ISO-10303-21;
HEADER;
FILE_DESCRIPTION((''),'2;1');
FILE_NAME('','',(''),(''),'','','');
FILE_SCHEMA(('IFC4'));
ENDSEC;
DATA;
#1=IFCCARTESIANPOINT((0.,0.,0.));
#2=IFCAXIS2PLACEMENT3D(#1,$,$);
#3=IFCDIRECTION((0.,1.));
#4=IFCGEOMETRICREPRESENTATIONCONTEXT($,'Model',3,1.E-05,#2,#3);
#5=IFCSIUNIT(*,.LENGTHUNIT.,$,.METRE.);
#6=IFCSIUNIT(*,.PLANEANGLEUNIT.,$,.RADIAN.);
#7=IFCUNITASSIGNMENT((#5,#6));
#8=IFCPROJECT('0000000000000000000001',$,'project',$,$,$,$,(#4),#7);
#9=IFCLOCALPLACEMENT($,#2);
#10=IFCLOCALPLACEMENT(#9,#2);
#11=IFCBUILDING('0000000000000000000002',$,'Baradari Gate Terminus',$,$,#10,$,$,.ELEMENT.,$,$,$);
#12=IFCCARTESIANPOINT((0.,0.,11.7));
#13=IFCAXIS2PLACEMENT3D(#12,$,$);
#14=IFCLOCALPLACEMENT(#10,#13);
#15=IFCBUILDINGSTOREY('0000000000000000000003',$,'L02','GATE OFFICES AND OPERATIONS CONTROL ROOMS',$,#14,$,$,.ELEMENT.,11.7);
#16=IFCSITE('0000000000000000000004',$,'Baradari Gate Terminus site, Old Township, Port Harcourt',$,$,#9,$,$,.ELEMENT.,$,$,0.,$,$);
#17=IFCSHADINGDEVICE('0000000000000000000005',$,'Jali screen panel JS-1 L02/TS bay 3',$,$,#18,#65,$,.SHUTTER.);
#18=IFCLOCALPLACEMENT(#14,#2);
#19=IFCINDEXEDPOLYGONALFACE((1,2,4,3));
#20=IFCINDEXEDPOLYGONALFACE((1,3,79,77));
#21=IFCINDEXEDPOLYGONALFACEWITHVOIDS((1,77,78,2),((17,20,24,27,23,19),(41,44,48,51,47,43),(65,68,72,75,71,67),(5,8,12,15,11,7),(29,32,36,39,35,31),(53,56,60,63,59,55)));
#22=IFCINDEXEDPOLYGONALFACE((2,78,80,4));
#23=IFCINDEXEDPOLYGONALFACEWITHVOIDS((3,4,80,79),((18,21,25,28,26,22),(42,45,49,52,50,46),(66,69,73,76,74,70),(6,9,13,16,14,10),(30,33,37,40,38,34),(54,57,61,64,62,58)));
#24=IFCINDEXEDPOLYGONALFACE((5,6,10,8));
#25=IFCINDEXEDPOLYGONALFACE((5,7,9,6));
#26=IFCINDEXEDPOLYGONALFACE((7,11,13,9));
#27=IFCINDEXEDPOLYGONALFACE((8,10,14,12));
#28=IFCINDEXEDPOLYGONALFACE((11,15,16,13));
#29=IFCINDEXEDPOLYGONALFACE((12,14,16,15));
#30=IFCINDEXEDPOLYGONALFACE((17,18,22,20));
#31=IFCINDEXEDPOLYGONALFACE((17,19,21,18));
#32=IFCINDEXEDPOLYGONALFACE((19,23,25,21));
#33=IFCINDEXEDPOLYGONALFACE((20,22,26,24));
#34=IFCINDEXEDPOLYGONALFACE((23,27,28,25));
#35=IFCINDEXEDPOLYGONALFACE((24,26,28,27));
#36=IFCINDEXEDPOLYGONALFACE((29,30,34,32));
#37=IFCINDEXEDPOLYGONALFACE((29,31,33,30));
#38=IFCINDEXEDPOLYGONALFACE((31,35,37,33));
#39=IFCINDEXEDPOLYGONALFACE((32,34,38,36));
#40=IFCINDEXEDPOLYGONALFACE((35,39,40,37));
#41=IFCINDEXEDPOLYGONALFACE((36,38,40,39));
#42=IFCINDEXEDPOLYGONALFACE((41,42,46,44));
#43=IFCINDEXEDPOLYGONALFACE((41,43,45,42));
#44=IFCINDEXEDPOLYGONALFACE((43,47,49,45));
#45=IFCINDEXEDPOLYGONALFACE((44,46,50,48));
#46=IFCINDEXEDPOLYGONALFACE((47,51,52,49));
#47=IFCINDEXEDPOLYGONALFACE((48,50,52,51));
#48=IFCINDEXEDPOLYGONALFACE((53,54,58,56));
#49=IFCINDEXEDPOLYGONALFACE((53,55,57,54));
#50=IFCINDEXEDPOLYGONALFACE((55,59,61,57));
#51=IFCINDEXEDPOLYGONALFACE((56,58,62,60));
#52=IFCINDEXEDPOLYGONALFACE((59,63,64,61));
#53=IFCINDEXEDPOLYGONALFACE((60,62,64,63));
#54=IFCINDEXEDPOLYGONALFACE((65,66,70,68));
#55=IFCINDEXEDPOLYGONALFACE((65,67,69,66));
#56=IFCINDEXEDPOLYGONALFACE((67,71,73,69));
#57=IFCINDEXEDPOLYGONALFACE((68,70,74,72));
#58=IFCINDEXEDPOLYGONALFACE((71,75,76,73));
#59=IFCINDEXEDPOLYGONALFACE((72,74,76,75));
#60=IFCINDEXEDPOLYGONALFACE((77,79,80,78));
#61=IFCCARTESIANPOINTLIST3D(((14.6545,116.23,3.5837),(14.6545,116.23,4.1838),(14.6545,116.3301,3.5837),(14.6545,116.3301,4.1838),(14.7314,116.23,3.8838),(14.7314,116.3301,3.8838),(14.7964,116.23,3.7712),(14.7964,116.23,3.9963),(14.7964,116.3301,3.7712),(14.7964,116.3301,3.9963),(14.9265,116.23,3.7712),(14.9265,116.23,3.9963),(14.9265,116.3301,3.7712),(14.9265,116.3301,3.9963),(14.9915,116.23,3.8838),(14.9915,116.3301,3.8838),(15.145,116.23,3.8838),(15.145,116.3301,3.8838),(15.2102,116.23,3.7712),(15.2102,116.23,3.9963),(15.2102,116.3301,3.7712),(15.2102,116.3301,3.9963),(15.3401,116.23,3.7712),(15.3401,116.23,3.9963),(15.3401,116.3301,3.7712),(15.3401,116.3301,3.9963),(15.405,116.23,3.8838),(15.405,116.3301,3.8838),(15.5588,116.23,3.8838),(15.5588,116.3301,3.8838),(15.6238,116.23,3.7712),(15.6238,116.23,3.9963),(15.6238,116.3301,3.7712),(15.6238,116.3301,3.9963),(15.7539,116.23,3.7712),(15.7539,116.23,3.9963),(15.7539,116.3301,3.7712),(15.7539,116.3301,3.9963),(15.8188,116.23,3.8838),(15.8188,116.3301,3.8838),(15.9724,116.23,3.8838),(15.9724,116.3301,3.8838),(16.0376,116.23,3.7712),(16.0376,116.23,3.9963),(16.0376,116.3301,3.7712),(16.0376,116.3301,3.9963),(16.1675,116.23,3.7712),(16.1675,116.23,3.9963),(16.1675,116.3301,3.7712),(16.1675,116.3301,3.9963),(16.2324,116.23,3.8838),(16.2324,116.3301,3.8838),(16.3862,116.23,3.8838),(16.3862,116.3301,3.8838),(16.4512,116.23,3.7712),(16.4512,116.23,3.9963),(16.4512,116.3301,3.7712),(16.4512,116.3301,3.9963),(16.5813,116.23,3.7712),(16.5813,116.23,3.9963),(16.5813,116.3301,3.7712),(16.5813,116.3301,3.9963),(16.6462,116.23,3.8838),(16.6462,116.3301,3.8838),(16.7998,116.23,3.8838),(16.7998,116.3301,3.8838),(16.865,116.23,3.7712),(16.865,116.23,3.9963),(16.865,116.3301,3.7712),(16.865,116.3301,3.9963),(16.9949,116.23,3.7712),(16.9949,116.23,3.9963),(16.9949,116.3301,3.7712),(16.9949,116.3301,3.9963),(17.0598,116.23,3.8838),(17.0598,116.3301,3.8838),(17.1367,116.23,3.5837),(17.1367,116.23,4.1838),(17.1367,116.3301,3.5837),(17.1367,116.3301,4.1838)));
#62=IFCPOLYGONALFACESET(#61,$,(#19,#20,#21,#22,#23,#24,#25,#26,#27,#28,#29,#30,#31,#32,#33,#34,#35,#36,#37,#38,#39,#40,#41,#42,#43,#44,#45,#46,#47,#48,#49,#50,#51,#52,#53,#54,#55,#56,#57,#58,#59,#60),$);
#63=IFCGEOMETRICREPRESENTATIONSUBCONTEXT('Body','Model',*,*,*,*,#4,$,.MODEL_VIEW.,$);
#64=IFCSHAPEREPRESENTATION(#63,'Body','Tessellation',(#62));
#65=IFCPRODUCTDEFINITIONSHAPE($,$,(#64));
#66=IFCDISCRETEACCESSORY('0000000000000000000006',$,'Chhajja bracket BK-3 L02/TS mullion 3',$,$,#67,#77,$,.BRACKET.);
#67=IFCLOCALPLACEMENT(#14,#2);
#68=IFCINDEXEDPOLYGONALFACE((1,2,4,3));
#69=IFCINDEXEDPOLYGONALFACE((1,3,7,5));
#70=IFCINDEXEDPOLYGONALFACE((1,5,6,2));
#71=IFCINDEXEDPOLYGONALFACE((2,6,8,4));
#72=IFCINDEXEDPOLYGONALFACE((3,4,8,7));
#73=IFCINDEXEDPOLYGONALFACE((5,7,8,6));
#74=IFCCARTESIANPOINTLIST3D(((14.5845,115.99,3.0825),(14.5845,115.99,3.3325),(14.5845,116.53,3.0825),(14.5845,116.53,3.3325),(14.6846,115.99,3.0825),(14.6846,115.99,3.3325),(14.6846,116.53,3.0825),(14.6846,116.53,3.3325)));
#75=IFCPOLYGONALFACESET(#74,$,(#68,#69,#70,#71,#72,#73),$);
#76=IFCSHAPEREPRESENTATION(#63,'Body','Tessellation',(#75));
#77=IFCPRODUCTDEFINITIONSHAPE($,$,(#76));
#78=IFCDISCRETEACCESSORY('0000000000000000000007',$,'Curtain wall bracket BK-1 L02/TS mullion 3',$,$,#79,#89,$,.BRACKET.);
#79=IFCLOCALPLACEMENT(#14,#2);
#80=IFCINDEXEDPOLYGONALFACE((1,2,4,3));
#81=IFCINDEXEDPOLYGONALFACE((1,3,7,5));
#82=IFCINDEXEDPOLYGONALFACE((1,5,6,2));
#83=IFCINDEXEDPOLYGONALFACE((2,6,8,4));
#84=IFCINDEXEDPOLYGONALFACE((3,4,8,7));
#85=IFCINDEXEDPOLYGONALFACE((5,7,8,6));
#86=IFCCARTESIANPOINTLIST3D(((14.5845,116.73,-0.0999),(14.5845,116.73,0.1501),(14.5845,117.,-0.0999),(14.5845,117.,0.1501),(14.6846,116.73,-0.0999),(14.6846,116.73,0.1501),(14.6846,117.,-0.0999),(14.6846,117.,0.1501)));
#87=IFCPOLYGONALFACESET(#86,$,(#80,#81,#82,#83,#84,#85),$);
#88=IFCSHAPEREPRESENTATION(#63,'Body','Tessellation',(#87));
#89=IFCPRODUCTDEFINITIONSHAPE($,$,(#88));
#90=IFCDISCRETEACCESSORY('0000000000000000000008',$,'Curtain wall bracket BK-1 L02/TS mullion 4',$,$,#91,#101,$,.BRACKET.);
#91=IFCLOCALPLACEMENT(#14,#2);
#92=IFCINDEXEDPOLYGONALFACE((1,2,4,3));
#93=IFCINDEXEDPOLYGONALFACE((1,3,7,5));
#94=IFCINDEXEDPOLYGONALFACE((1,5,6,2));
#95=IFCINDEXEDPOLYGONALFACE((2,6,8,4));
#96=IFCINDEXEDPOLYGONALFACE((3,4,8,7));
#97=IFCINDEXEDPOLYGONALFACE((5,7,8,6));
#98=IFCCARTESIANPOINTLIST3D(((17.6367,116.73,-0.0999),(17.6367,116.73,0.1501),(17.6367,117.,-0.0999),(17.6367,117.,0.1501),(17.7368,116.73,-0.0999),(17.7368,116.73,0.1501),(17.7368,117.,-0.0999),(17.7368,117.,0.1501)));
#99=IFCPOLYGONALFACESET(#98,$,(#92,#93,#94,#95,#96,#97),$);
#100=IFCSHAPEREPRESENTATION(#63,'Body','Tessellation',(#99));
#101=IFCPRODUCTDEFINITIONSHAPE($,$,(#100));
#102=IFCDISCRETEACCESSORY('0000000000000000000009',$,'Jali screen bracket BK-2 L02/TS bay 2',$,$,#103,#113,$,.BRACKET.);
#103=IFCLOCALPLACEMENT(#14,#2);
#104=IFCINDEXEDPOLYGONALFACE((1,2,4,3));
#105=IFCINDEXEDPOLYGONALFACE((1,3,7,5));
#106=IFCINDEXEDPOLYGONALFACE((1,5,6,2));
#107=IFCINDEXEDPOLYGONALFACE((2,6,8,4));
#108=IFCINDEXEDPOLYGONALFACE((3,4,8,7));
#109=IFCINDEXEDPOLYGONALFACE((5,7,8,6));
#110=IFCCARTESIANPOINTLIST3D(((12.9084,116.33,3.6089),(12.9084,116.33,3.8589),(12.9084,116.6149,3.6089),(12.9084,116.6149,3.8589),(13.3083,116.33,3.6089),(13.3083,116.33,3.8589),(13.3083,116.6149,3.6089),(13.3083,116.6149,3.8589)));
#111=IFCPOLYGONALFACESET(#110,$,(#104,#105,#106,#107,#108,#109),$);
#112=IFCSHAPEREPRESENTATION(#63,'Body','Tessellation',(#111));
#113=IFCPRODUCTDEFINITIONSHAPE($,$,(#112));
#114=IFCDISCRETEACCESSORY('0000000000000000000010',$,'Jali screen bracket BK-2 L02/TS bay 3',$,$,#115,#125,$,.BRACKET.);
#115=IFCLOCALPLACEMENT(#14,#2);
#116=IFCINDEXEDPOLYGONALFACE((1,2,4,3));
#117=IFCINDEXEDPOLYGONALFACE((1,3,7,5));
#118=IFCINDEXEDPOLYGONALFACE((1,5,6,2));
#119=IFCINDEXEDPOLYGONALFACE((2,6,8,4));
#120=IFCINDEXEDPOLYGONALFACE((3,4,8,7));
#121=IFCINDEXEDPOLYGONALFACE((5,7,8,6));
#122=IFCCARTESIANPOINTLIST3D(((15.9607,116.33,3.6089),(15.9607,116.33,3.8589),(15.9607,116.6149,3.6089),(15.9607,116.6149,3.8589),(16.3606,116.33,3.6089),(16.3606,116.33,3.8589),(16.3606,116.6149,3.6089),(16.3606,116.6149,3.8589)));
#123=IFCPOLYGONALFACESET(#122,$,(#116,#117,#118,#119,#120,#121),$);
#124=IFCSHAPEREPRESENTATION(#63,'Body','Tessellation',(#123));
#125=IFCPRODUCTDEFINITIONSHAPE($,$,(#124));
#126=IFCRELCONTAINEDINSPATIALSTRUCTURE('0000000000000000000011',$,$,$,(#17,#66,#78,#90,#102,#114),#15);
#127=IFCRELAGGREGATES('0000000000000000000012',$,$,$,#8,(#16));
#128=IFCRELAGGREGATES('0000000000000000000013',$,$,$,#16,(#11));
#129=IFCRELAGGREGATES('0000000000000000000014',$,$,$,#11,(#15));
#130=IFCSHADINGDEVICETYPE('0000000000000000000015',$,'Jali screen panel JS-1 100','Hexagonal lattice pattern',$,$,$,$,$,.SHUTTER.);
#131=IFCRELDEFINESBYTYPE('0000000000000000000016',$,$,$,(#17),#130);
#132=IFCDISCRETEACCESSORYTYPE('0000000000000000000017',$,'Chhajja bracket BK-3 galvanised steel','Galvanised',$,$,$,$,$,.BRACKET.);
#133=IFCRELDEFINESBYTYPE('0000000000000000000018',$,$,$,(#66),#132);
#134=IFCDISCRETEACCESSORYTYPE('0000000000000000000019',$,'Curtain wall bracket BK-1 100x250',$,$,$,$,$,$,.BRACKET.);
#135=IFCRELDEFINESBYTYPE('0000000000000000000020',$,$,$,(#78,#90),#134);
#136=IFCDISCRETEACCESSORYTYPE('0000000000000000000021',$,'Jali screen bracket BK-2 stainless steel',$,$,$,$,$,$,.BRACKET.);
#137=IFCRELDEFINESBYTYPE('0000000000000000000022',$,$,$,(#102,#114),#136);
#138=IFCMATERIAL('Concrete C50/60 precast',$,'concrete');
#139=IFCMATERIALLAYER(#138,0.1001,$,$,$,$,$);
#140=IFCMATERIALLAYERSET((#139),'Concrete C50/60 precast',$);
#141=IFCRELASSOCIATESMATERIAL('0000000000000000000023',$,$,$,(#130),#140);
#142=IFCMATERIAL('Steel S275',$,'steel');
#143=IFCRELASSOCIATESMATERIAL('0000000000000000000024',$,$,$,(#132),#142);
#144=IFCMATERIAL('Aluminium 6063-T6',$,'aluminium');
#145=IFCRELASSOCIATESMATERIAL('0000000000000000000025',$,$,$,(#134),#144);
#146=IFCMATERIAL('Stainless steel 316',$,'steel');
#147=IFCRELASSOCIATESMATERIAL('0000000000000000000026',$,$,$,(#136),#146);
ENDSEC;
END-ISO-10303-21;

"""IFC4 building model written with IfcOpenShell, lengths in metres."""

from ifc_helpers import new_model, si_unit, direction, frame, origin, origin_2d, place, context, subcontext, project, spatial, polyline, rectangle, outline, extrude, material, layer, layer_set, type_object, element, save


model = new_model("IFC4")

# Units and contexts
model_context = context("Model", 3, precision=1e-05, world=origin(), true_north=direction((0.0, 1.0)))
body_context = subcontext(model_context, "Body", "Model", "MODEL_VIEW")
ifc_project = project(units=[si_unit("LENGTHUNIT", "METRE"), si_unit("PLANEANGLEUNIT", "RADIAN")], contexts=[model_context])

# Site, building, storey
site_placement = place(None, origin())
site = spatial("IfcSite", under=ifc_project, at=site_placement, Name="Baradari Gate Terminus site, Old Township, Port Harcourt", CompositionType="ELEMENT", RefElevation=0.0)
building_placement = place(site_placement, origin())
building = spatial("IfcBuilding", under=site, at=building_placement, Name="Baradari Gate Terminus", CompositionType="ELEMENT")
storey_placement = place(building_placement, frame((0.0, 0.0, 11.7)))
storey = spatial("IfcBuildingStorey", under=building, at=storey_placement, Name="L02", Description="GATE OFFICES AND OPERATIONS CONTROL ROOMS", CompositionType="ELEMENT", Elevation=11.7)

# Shading device
ifc_material_1 = material(Name="Concrete C50/60 precast", Category="concrete")
ifc_layer_1 = layer(ifc_material_1, 0.1001)
ifc_layer_set_1 = layer_set([ifc_layer_1], Name="Concrete C50/60 precast")
shading_device_type_1 = type_object("IfcShadingDeviceType", Name="Jali screen panel JS-1 100", Description="Hexagonal lattice pattern", PredefinedType="SHUTTER", material=ifc_layer_set_1)
shading_device_1_placement = place(storey_placement, frame((14.6545, 116.28, 3.5837), z_axis=(0.0, 0.0, 1.0), x_axis=(1.0, 0.0, 0.0)))
element("IfcShadingDevice", 1, at=shading_device_1_placement, inside=storey, type_object=shading_device_type_1, Name="Jali screen panel JS-1 L02/TS bay 3", PredefinedType="SHUTTER", context=body_context, shape_type="SweptSolid", body=[
    extrude(outline(polyline([(0.0, 0.0), (2.4822, 0.0), (2.4822, 0.6001), (0.0, 0.6001), (0.0, 0.0)]), holes=[polyline([(0.3369, 0.3), (0.272, 0.1875), (0.1418, 0.1875), (0.0769, 0.3), (0.1418, 0.4126), (0.272, 0.4126), (0.3369, 0.3)]), polyline([(0.7505, 0.3), (0.6855, 0.1875), (0.5557, 0.1875), (0.4905, 0.3), (0.5557, 0.4126), (0.6855, 0.4126), (0.7505, 0.3)]), polyline([(1.1643, 0.3), (1.0994, 0.1875), (0.9692, 0.1875), (0.9043, 0.3), (0.9692, 0.4126), (1.0994, 0.4126), (1.1643, 0.3)]), polyline([(1.5779, 0.3), (1.5129, 0.1875), (1.3831, 0.1875), (1.3179, 0.3), (1.3831, 0.4126), (1.5129, 0.4126), (1.5779, 0.3)]), polyline([(1.9917, 0.3), (1.9268, 0.1875), (1.7966, 0.1875), (1.7317, 0.3), (1.7966, 0.4126), (1.9268, 0.4126), (1.9917, 0.3)]), polyline([(2.4053, 0.3), (2.3403, 0.1875), (2.2104, 0.1875), (2.1453, 0.3), (2.2104, 0.4126), (2.3403, 0.4126), (2.4053, 0.3)])]), frame((0.0, 0.05, 0.0), z_axis=(0.0, -1.0, 0.0), x_axis=(1.0, 0.0, 0.0)), (0.0, 0.0, 1.0), 0.1001),
])

# Discrete accessories
ifc_material_2 = material(Name="Steel S275", Category="steel")
discrete_accessory_type_1 = type_object("IfcDiscreteAccessoryType", Name="Chhajja bracket BK-3 galvanised steel", Description="Galvanised", PredefinedType="BRACKET", material=ifc_material_2)
discrete_accessory_placement = place(storey_placement, frame((14.6345, 116.26, 3.0825), z_axis=(0.0, 0.0, 1.0), x_axis=(0.0, -1.0, 0.0)))
element("IfcDiscreteAccessory", 2, at=discrete_accessory_placement, inside=storey, type_object=discrete_accessory_type_1, Name="Chhajja bracket BK-3 L02/TS mullion 3", PredefinedType="BRACKET", context=body_context, shape_type="SweptSolid", body=[
    extrude(rectangle(XDim=0.54, YDim=0.1001, at=origin_2d()), origin(), (0.0, 0.0, 1.0), 0.25),
])
ifc_material_3 = material(Name="Aluminium 6063-T6", Category="aluminium")
discrete_accessory_type_2 = type_object("IfcDiscreteAccessoryType", Name="Curtain wall bracket BK-1 100x250", PredefinedType="BRACKET", material=ifc_material_3)
for number, where, z_axis, x_axis, name in (
    (3, (14.6345, 116.865, -0.0999), (0.0, 0.0, 1.0), (0.0, -1.0, 0.0), "Curtain wall bracket BK-1 L02/TS mullion 3"),
    (4, (17.6868, 116.865, -0.0999), (0.0, 0.0, 1.0), (0.0, -1.0, 0.0), "Curtain wall bracket BK-1 L02/TS mullion 4"),
):
    element("IfcDiscreteAccessory", number, at=place(storey_placement, frame(where, z_axis=z_axis, x_axis=x_axis)), inside=storey, type_object=discrete_accessory_type_2, Name=name, PredefinedType="BRACKET", context=body_context, shape_type="SweptSolid", body=[
        extrude(rectangle(XDim=0.27, YDim=0.1001, at=origin_2d()), origin(), (0.0, 0.0, 1.0), 0.25),
    ])
ifc_material_4 = material(Name="Stainless steel 316", Category="steel")
discrete_accessory_type_3 = type_object("IfcDiscreteAccessoryType", Name="Jali screen bracket BK-2 stainless steel", PredefinedType="BRACKET", material=ifc_material_4)
for number, where, z_axis, x_axis, name in (
    (5, (13.1084, 116.4724, 3.6089), (0.0, 0.0, 1.0), (0.0, -1.0, 0.0), "Jali screen bracket BK-2 L02/TS bay 2"),
    (6, (16.1606, 116.4724, 3.6089), (0.0, 0.0, 1.0), (0.0, -1.0, 0.0), "Jali screen bracket BK-2 L02/TS bay 3"),
):
    element("IfcDiscreteAccessory", number, at=place(storey_placement, frame(where, z_axis=z_axis, x_axis=x_axis)), inside=storey, type_object=discrete_accessory_type_3, Name=name, PredefinedType="BRACKET", context=body_context, shape_type="SweptSolid", body=[
        extrude(rectangle(XDim=0.2849, YDim=0.3999, at=origin_2d()), origin(), (0.0, 0.0, 1.0), 0.25),
    ])

save(model, "model.ifc")
